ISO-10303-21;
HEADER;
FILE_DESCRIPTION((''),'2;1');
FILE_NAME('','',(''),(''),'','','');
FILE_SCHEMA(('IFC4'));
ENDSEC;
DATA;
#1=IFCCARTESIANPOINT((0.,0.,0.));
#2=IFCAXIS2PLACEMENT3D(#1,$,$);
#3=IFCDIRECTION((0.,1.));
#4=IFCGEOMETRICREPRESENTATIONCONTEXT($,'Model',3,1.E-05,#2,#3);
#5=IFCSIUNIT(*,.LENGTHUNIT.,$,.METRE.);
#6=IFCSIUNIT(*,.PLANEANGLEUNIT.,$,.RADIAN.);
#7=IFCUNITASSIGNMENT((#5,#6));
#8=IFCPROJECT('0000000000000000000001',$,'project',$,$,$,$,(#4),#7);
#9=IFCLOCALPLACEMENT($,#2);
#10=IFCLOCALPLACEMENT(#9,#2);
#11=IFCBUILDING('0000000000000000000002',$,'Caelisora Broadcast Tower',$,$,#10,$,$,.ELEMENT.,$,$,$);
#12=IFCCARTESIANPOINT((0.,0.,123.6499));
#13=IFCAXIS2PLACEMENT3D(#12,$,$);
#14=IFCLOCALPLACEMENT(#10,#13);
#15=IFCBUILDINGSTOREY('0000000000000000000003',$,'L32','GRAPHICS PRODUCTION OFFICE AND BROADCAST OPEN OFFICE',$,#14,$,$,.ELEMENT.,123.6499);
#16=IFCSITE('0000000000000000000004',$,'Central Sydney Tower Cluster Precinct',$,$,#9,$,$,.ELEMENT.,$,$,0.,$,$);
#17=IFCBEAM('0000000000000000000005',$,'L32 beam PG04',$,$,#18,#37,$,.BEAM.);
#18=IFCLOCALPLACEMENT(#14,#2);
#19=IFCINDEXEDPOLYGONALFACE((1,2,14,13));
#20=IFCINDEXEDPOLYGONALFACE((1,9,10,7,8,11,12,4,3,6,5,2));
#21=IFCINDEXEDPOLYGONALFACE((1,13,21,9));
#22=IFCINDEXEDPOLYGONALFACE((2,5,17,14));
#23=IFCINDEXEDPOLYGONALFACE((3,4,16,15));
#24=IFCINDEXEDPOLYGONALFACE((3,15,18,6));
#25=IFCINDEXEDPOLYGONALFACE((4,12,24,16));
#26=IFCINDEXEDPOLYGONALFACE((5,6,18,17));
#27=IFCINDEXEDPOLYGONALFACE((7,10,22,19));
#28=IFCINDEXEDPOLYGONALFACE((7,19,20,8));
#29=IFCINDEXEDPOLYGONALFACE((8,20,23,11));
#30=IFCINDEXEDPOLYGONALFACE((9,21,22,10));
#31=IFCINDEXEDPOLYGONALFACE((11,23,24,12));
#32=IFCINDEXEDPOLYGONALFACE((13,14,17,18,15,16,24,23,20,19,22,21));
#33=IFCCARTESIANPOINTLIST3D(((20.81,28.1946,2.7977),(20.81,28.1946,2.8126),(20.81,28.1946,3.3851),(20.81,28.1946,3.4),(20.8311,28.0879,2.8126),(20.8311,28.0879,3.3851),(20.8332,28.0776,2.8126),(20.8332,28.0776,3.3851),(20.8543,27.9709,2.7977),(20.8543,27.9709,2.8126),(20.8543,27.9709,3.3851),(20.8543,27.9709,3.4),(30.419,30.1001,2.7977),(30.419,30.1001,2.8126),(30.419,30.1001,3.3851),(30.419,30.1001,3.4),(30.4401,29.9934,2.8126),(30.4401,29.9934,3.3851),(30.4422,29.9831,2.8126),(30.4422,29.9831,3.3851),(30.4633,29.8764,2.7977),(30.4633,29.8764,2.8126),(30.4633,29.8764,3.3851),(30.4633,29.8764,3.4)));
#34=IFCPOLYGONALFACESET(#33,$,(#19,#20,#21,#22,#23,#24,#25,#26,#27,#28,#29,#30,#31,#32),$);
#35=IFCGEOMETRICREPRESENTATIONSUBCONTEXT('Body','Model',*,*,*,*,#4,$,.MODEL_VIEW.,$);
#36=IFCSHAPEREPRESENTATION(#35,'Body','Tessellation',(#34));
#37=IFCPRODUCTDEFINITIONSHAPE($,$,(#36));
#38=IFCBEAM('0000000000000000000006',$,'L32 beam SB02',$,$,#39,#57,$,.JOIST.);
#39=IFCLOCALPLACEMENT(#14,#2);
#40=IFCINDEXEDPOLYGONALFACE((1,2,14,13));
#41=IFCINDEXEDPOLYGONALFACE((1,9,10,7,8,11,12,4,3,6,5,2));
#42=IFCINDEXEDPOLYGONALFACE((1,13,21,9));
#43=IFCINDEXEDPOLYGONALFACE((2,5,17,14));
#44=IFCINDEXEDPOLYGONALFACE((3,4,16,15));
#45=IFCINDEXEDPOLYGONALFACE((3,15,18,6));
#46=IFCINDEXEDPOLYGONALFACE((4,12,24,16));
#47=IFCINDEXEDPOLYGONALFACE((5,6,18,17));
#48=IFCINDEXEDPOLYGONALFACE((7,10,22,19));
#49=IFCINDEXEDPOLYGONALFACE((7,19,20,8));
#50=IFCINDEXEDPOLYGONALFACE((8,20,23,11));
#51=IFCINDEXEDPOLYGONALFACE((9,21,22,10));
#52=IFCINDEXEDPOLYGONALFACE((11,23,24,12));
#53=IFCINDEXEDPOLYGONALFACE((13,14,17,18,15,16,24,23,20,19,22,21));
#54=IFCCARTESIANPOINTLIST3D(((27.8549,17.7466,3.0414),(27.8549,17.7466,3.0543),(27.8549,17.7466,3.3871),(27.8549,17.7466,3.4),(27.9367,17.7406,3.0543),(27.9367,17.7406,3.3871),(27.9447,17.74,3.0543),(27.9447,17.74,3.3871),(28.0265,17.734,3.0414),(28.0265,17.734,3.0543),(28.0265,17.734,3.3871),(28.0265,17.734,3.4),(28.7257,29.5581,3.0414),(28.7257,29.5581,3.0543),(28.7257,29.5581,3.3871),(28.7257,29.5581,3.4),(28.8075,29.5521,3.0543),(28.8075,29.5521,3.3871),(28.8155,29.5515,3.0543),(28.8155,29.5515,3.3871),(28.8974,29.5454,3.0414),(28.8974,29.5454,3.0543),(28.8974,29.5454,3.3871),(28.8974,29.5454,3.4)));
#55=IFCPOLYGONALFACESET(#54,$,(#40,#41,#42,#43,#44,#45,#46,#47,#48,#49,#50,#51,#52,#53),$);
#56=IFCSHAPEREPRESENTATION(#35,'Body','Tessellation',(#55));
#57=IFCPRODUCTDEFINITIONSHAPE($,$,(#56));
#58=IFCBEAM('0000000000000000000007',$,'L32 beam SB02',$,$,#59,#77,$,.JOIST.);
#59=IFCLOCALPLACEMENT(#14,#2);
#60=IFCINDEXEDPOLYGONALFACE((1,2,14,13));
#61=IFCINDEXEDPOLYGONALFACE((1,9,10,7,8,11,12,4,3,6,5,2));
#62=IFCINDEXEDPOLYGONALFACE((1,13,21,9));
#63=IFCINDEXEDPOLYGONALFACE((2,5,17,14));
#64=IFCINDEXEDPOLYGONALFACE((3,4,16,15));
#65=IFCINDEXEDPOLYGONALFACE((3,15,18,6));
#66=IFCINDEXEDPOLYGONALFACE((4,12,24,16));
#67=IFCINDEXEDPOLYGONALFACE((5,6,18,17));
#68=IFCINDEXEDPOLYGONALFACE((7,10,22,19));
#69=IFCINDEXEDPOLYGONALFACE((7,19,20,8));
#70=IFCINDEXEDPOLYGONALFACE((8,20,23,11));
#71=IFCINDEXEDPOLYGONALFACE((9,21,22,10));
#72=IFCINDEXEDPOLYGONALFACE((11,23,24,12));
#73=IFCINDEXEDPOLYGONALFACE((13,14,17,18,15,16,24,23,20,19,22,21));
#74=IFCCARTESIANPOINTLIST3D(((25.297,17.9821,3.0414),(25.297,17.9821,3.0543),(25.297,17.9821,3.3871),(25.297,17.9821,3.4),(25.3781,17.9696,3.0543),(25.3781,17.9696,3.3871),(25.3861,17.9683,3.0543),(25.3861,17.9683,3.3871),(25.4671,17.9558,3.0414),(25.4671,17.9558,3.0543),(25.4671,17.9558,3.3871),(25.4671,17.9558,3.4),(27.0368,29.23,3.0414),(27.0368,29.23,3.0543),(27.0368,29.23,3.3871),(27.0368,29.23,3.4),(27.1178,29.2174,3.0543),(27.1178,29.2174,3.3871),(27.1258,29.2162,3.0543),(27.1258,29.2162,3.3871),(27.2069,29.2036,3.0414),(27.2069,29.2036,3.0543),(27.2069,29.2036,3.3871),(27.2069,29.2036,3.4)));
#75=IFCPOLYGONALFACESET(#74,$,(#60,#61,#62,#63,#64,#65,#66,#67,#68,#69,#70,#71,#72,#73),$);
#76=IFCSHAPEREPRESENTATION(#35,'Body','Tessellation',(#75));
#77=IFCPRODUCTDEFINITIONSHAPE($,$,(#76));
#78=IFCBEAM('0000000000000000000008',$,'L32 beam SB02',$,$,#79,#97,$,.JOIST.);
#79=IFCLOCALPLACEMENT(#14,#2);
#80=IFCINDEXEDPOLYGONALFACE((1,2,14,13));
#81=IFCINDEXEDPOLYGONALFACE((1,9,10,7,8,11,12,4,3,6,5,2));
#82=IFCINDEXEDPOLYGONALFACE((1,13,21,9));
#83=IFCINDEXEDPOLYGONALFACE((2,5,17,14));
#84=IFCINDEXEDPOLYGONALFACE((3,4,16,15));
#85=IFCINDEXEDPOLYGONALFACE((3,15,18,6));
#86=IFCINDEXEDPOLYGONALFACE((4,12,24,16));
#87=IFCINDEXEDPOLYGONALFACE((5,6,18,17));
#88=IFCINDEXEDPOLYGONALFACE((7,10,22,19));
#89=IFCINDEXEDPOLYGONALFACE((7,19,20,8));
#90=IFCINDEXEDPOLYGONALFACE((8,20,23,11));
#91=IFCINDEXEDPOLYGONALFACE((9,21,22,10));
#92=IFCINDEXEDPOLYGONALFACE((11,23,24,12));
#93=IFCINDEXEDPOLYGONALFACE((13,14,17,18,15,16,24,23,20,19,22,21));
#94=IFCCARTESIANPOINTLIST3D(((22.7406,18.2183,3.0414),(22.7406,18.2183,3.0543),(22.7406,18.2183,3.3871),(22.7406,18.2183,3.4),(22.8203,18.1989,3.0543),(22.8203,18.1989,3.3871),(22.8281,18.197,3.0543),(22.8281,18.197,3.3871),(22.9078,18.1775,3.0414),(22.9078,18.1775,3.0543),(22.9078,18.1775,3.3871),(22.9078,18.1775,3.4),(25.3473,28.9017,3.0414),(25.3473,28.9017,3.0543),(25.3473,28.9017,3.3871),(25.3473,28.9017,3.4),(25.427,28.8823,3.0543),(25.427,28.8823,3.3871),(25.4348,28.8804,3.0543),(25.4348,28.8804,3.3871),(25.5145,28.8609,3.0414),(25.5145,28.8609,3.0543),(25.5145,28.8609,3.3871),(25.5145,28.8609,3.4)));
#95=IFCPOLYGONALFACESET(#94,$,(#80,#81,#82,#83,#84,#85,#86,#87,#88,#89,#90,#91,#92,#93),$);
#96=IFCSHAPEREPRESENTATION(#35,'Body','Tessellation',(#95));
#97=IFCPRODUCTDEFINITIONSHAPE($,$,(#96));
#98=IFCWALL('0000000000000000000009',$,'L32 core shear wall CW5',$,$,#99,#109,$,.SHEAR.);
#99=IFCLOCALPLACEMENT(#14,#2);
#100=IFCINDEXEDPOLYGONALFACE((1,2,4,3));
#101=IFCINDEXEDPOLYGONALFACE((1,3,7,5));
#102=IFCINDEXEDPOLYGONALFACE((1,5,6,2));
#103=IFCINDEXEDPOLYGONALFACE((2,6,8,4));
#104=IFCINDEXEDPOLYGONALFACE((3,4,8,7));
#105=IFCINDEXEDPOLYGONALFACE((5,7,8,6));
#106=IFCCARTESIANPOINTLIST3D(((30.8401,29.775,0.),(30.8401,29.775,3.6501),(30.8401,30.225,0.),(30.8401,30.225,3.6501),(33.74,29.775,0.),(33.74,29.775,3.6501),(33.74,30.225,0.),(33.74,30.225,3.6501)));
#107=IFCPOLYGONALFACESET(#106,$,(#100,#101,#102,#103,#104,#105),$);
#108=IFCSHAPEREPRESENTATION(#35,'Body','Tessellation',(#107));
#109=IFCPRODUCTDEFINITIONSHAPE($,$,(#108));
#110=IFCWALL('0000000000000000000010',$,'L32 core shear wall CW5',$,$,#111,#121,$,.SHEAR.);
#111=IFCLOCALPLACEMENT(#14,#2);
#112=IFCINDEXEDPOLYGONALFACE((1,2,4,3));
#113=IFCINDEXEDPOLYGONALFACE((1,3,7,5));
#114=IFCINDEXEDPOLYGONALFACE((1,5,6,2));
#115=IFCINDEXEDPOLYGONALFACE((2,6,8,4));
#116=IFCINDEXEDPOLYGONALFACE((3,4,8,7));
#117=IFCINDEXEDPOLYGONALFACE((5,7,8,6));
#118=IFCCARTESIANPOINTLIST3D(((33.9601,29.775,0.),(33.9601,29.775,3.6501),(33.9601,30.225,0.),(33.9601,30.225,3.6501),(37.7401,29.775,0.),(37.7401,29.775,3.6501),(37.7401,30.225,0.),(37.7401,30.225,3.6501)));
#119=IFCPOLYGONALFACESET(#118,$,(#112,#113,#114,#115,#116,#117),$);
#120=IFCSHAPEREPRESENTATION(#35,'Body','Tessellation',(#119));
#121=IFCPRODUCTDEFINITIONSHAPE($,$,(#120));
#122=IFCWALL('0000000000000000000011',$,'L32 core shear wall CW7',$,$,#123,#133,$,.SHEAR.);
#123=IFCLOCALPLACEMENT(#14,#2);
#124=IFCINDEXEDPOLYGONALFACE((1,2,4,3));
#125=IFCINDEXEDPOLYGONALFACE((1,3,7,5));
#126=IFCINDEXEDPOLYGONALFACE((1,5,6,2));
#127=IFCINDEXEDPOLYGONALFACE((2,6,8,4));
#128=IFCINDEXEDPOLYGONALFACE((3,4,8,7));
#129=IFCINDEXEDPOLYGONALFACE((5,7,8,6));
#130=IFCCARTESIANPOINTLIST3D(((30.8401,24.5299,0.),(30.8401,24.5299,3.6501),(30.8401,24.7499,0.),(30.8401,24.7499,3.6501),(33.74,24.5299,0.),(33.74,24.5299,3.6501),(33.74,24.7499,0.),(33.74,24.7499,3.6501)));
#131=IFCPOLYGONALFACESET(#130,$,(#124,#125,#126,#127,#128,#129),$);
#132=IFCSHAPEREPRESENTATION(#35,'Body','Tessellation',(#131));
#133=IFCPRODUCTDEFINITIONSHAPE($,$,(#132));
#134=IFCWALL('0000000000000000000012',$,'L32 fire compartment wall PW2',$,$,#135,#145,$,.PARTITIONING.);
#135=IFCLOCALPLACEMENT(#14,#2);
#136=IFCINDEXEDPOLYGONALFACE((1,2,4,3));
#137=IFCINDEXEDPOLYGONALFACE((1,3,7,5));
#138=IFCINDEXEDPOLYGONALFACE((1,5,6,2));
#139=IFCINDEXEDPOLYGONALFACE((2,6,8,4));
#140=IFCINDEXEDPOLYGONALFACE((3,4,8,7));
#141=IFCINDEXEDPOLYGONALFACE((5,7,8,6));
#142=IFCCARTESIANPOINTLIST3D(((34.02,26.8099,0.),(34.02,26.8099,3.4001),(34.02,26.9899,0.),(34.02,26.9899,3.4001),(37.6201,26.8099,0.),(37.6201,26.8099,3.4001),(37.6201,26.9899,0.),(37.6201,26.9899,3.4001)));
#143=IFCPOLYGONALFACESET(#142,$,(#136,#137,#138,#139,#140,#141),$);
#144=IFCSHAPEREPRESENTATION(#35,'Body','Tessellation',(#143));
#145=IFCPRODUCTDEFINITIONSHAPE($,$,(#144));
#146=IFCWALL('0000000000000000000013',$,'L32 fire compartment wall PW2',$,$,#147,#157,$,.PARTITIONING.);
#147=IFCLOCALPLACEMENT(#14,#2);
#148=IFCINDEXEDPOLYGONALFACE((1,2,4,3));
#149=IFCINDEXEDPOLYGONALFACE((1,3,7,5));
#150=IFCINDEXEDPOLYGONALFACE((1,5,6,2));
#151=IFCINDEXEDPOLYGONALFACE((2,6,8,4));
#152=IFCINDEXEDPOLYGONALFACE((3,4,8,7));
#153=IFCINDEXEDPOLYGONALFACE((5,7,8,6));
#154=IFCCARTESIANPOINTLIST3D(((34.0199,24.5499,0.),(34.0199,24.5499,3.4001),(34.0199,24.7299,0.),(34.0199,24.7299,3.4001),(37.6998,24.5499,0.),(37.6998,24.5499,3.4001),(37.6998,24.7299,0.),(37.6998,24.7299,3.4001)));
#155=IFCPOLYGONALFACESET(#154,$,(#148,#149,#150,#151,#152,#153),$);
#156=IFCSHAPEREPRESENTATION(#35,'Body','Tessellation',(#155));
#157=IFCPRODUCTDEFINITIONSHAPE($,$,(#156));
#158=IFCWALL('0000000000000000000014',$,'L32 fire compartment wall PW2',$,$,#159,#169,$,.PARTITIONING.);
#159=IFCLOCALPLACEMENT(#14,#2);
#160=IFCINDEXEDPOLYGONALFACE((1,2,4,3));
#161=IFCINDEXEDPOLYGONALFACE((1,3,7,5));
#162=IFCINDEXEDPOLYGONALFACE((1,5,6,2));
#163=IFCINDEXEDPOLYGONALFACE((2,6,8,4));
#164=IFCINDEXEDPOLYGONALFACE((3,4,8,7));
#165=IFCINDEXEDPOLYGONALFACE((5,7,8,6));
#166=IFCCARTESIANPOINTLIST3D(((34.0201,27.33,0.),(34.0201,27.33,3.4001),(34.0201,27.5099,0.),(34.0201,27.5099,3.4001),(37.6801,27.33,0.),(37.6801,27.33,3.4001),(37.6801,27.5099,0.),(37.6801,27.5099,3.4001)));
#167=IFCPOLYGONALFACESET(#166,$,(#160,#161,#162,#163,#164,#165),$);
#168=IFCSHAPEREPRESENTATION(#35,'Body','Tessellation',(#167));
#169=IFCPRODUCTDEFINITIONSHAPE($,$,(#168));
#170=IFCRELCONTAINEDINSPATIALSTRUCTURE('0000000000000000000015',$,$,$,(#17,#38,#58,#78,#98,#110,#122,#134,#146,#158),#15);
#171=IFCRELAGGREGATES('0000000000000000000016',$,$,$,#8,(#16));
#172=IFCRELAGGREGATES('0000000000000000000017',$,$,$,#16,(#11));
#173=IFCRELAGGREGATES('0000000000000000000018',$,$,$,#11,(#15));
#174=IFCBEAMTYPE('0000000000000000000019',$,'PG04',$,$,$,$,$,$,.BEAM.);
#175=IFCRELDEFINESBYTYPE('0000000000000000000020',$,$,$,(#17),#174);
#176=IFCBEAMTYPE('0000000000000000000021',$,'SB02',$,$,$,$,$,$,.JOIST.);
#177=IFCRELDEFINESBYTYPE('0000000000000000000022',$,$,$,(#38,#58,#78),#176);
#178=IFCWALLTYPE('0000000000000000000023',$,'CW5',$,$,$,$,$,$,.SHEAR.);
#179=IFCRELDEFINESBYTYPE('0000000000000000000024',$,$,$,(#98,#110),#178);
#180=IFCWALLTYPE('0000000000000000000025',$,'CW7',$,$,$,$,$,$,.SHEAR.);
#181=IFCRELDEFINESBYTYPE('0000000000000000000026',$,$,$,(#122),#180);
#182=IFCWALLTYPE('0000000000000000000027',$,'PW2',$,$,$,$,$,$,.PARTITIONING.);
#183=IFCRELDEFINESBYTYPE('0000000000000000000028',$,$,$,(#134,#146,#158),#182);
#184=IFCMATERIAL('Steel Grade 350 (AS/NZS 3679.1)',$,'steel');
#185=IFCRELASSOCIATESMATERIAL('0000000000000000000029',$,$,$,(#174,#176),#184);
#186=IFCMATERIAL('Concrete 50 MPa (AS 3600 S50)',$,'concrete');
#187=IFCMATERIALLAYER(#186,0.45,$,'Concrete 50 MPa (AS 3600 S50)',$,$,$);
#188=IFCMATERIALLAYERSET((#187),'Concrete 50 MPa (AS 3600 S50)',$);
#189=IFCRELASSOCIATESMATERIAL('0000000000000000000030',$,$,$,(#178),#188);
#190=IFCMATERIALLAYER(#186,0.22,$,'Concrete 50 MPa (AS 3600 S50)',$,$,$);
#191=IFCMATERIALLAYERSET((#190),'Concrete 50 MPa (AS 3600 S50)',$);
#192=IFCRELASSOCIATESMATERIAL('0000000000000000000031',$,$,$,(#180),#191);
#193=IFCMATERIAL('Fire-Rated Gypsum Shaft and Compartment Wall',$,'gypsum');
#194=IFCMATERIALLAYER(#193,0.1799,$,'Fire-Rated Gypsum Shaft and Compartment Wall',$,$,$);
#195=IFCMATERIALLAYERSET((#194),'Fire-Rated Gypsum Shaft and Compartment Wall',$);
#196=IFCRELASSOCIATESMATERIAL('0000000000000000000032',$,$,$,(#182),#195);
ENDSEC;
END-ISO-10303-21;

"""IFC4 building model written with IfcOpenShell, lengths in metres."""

from ifc_helpers import new_model, si_unit, direction, frame, frame_2d, origin, origin_2d, place, context, subcontext, project, spatial, rectangle, i_section, extrude, source, transform, mapped, material, layer, layer_set, material_profile, profile_set, type_object, type_shapes, element, save


model = new_model("IFC4")

# Units and contexts
model_context = context("Model", 3, precision=1e-05, world=origin(), true_north=direction((0.0, 1.0)))
body_context = subcontext(model_context, "Body", "Model", "MODEL_VIEW")
ifc_project = project(units=[si_unit("LENGTHUNIT", "METRE"), si_unit("PLANEANGLEUNIT", "RADIAN")], contexts=[model_context])

# Site, building, storey
site_placement = place(None, origin())
site = spatial("IfcSite", under=ifc_project, at=site_placement, Name="Central Sydney Tower Cluster Precinct", CompositionType="ELEMENT", RefElevation=0.0)
building_placement = place(site_placement, origin())
building = spatial("IfcBuilding", under=site, at=building_placement, Name="Caelisora Broadcast Tower", CompositionType="ELEMENT")
storey_placement = place(building_placement, frame((0.0, 0.0, 123.6499)))
storey = spatial("IfcBuildingStorey", under=building, at=storey_placement, Name="L32", Description="GRAPHICS PRODUCTION OFFICE AND BROADCAST OPEN OFFICE", CompositionType="ELEMENT", Elevation=123.6499)

# Beams
ifc_material_1 = material(Name="Concrete 50 MPa (AS 3600 S50)", Category="concrete")
ifc_material_2 = material(Name="Steel Grade 350 (AS/NZS 3679.1)", Category="steel")
ifc_material_profile_1 = material_profile(ifc_material_2, i_section(OverallWidth=0.228, OverallDepth=0.6023, WebThickness=0.0105, FlangeThickness=0.0149, at=origin_2d()), Name="Steel Grade 350 (AS/NZS 3679.1)")
ifc_profile_set_1 = profile_set([ifc_material_profile_1], Name="Steel Grade 350 (AS/NZS 3679.1)")
beam_type_1 = type_object("IfcBeamType", Name="PG04", PredefinedType="BEAM", material=ifc_profile_set_1)
shared_shape_1 = source(origin(), body_context, "Body", "SweptSolid", [
    extrude(i_section(OverallWidth=0.228, OverallDepth=0.6023, WebThickness=0.0105, FlangeThickness=0.0149, at=origin_2d()), origin(), (0.0, 0.0, 1.0), 9.7961),
])
beam_1_placement = place(storey_placement, frame((30.4412, 29.9883, 3.0989), z_axis=(-0.9809, -0.194515, 0.0), x_axis=(0.194515, -0.9809, 0.0)))
element("IfcBeam", 1, at=beam_1_placement, inside=storey, type_object=beam_type_1, Name="L32 beam PG04", PredefinedType="BEAM", context=body_context, shape_type="MappedRepresentation", body=[
    mapped(shared_shape_1, transform((0.0, 0.0, 0.0), scale=1.0)),
])
ifc_material_profile_2 = material_profile(ifc_material_2, i_section(OverallWidth=0.1721, OverallDepth=0.3586, WebThickness=0.0081, FlangeThickness=0.0129, at=origin_2d()), Name="Steel Grade 350 (AS/NZS 3679.1)")
ifc_profile_set_2 = profile_set([ifc_material_profile_2], Name="Steel Grade 350 (AS/NZS 3679.1)")
beam_type_2 = type_object("IfcBeamType", Name="SB02", PredefinedType="JOIST", material=ifc_profile_set_2)
shared_shape_2 = source(origin(), body_context, "Body", "SweptSolid", [
    extrude(i_section(OverallWidth=0.1721, OverallDepth=0.3586, WebThickness=0.0081, FlangeThickness=0.0129, at=origin_2d()), origin(), (0.0, 0.0, 1.0), 11.8435),
])
beam_2_placement = place(storey_placement, frame((28.8115, 29.5518, 3.2207), z_axis=(-0.073529, -0.997293, 0.0), x_axis=(0.997293, -0.073529, 0.0)))
element("IfcBeam", 2, at=beam_2_placement, inside=storey, type_object=beam_type_2, Name="L32 beam SB02", PredefinedType="JOIST", context=body_context, shape_type="MappedRepresentation", body=[
    mapped(shared_shape_2, transform((0.0, 0.0, 0.0), scale=1.0)),
])
shared_shape_3 = source(origin(), body_context, "Body", "SweptSolid", [
    extrude(i_section(OverallWidth=0.1721, OverallDepth=0.3586, WebThickness=0.0081, FlangeThickness=0.0129, at=origin_2d()), origin(), (0.0, 0.0, 1.0), 11.3816),
])
beam_3_placement = place(storey_placement, frame((27.1218, 29.2168, 3.2207), z_axis=(-0.152857, -0.988248, 0.0), x_axis=(0.988248, -0.152857, 0.0)))
element("IfcBeam", 3, at=beam_3_placement, inside=storey, type_object=beam_type_2, Name="L32 beam SB02", PredefinedType="JOIST", context=body_context, shape_type="MappedRepresentation", body=[
    mapped(shared_shape_3, transform((0.0, 0.0, 0.0), scale=1.0)),
])
shared_shape_4 = source(origin(), body_context, "Body", "SweptSolid", [
    extrude(i_section(OverallWidth=0.1721, OverallDepth=0.3586, WebThickness=0.0081, FlangeThickness=0.0129, at=origin_2d()), origin(), (0.0, 0.0, 1.0), 10.9968),
])
type_shapes(beam_type_2, [shared_shape_2, shared_shape_3, shared_shape_4])
beam_4_placement = place(storey_placement, frame((25.4309, 28.8813, 3.2207), z_axis=(-0.237042, -0.9715, 0.0), x_axis=(0.9715, -0.237042, 0.0)))
element("IfcBeam", 4, at=beam_4_placement, inside=storey, type_object=beam_type_2, Name="L32 beam SB02", PredefinedType="JOIST", context=body_context, shape_type="MappedRepresentation", body=[
    mapped(shared_shape_4, transform((0.0, 0.0, 0.0), scale=1.0)),
])

# Walls
ifc_layer_1 = layer(ifc_material_1, 0.45, Name="Concrete 50 MPa (AS 3600 S50)")
ifc_layer_set_1 = layer_set([ifc_layer_1], Name="Concrete 50 MPa (AS 3600 S50)")
wall_type_1 = type_object("IfcWallType", Name="CW5", PredefinedType="SHEAR", material=ifc_layer_set_1)
wall_1_placement = place(storey_placement, frame((30.8401, 30.0, 0.0), z_axis=(0.0, 0.0, 1.0), x_axis=(1.0, 0.0, 0.0)))
element("IfcWall", 5, at=wall_1_placement, inside=storey, type_object=wall_type_1, Name="L32 core shear wall CW5", PredefinedType="SHEAR", context=body_context, shape_type="SweptSolid", body=[
    extrude(rectangle(XDim=2.8999, YDim=0.45, at=frame_2d((1.45, 0.0))), origin(), (0.0, 0.0, 1.0), 3.6501),
])
wall_2_placement = place(storey_placement, frame((33.96, 30.0, 0.0), z_axis=(0.0, 0.0, 1.0), x_axis=(1.0, 0.0, 0.0)))
element("IfcWall", 6, at=wall_2_placement, inside=storey, type_object=wall_type_1, Name="L32 core shear wall CW5", PredefinedType="SHEAR", context=body_context, shape_type="SweptSolid", body=[
    extrude(rectangle(XDim=3.78, YDim=0.45, at=frame_2d((1.8901, 0.0))), origin(), (0.0, 0.0, 1.0), 3.6501),
])
ifc_layer_2 = layer(ifc_material_1, 0.22, Name="Concrete 50 MPa (AS 3600 S50)")
ifc_layer_set_2 = layer_set([ifc_layer_2], Name="Concrete 50 MPa (AS 3600 S50)")
wall_type_2 = type_object("IfcWallType", Name="CW7", PredefinedType="SHEAR", material=ifc_layer_set_2)
wall_3_placement = place(storey_placement, frame((30.8401, 24.6399, 0.0), z_axis=(0.0, 0.0, 1.0), x_axis=(1.0, 0.0, 0.0)))
element("IfcWall", 7, at=wall_3_placement, inside=storey, type_object=wall_type_2, Name="L32 core shear wall CW7", PredefinedType="SHEAR", context=body_context, shape_type="SweptSolid", body=[
    extrude(rectangle(XDim=2.8999, YDim=0.22, at=frame_2d((1.45, 0.0))), origin(), (0.0, 0.0, 1.0), 3.6501),
])
ifc_material_3 = material(Name="Fire-Rated Gypsum Shaft and Compartment Wall", Category="gypsum")
ifc_layer_3 = layer(ifc_material_3, 0.1799, Name="Fire-Rated Gypsum Shaft and Compartment Wall")
ifc_layer_set_3 = layer_set([ifc_layer_3], Name="Fire-Rated Gypsum Shaft and Compartment Wall")
wall_type_3 = type_object("IfcWallType", Name="PW2", PredefinedType="PARTITIONING", material=ifc_layer_set_3)
wall_4_placement = place(storey_placement, frame((34.02, 26.8999, 0.0), z_axis=(0.0, 0.0, 1.0), x_axis=(1.0, 0.0, 0.0)))
element("IfcWall", 8, at=wall_4_placement, inside=storey, type_object=wall_type_3, Name="L32 fire compartment wall PW2", PredefinedType="PARTITIONING", context=body_context, shape_type="SweptSolid", body=[
    extrude(rectangle(XDim=3.6001, YDim=0.1799, at=frame_2d((1.8, 0.0))), origin(), (0.0, 0.0, 1.0), 3.4001),
])
wall_5_placement = place(storey_placement, frame((34.02, 24.6399, 0.0), z_axis=(0.0, 0.0, 1.0), x_axis=(1.0, 0.0, 0.0)))
element("IfcWall", 9, at=wall_5_placement, inside=storey, type_object=wall_type_3, Name="L32 fire compartment wall PW2", PredefinedType="PARTITIONING", context=body_context, shape_type="SweptSolid", body=[
    extrude(rectangle(XDim=3.6799, YDim=0.1799, at=frame_2d((1.8398, 0.0))), origin(), (0.0, 0.0, 1.0), 3.4001),
])
wall_6_placement = place(storey_placement, frame((34.02, 27.4199, 0.0), z_axis=(0.0, 0.0, 1.0), x_axis=(1.0, 0.0, 0.0)))
element("IfcWall", 10, at=wall_6_placement, inside=storey, type_object=wall_type_3, Name="L32 fire compartment wall PW2", PredefinedType="PARTITIONING", context=body_context, shape_type="SweptSolid", body=[
    extrude(rectangle(XDim=3.6599, YDim=0.1799, at=frame_2d((1.8301, 0.0))), origin(), (0.0, 0.0, 1.0), 3.4001),
])

save(model, "model.ifc")
